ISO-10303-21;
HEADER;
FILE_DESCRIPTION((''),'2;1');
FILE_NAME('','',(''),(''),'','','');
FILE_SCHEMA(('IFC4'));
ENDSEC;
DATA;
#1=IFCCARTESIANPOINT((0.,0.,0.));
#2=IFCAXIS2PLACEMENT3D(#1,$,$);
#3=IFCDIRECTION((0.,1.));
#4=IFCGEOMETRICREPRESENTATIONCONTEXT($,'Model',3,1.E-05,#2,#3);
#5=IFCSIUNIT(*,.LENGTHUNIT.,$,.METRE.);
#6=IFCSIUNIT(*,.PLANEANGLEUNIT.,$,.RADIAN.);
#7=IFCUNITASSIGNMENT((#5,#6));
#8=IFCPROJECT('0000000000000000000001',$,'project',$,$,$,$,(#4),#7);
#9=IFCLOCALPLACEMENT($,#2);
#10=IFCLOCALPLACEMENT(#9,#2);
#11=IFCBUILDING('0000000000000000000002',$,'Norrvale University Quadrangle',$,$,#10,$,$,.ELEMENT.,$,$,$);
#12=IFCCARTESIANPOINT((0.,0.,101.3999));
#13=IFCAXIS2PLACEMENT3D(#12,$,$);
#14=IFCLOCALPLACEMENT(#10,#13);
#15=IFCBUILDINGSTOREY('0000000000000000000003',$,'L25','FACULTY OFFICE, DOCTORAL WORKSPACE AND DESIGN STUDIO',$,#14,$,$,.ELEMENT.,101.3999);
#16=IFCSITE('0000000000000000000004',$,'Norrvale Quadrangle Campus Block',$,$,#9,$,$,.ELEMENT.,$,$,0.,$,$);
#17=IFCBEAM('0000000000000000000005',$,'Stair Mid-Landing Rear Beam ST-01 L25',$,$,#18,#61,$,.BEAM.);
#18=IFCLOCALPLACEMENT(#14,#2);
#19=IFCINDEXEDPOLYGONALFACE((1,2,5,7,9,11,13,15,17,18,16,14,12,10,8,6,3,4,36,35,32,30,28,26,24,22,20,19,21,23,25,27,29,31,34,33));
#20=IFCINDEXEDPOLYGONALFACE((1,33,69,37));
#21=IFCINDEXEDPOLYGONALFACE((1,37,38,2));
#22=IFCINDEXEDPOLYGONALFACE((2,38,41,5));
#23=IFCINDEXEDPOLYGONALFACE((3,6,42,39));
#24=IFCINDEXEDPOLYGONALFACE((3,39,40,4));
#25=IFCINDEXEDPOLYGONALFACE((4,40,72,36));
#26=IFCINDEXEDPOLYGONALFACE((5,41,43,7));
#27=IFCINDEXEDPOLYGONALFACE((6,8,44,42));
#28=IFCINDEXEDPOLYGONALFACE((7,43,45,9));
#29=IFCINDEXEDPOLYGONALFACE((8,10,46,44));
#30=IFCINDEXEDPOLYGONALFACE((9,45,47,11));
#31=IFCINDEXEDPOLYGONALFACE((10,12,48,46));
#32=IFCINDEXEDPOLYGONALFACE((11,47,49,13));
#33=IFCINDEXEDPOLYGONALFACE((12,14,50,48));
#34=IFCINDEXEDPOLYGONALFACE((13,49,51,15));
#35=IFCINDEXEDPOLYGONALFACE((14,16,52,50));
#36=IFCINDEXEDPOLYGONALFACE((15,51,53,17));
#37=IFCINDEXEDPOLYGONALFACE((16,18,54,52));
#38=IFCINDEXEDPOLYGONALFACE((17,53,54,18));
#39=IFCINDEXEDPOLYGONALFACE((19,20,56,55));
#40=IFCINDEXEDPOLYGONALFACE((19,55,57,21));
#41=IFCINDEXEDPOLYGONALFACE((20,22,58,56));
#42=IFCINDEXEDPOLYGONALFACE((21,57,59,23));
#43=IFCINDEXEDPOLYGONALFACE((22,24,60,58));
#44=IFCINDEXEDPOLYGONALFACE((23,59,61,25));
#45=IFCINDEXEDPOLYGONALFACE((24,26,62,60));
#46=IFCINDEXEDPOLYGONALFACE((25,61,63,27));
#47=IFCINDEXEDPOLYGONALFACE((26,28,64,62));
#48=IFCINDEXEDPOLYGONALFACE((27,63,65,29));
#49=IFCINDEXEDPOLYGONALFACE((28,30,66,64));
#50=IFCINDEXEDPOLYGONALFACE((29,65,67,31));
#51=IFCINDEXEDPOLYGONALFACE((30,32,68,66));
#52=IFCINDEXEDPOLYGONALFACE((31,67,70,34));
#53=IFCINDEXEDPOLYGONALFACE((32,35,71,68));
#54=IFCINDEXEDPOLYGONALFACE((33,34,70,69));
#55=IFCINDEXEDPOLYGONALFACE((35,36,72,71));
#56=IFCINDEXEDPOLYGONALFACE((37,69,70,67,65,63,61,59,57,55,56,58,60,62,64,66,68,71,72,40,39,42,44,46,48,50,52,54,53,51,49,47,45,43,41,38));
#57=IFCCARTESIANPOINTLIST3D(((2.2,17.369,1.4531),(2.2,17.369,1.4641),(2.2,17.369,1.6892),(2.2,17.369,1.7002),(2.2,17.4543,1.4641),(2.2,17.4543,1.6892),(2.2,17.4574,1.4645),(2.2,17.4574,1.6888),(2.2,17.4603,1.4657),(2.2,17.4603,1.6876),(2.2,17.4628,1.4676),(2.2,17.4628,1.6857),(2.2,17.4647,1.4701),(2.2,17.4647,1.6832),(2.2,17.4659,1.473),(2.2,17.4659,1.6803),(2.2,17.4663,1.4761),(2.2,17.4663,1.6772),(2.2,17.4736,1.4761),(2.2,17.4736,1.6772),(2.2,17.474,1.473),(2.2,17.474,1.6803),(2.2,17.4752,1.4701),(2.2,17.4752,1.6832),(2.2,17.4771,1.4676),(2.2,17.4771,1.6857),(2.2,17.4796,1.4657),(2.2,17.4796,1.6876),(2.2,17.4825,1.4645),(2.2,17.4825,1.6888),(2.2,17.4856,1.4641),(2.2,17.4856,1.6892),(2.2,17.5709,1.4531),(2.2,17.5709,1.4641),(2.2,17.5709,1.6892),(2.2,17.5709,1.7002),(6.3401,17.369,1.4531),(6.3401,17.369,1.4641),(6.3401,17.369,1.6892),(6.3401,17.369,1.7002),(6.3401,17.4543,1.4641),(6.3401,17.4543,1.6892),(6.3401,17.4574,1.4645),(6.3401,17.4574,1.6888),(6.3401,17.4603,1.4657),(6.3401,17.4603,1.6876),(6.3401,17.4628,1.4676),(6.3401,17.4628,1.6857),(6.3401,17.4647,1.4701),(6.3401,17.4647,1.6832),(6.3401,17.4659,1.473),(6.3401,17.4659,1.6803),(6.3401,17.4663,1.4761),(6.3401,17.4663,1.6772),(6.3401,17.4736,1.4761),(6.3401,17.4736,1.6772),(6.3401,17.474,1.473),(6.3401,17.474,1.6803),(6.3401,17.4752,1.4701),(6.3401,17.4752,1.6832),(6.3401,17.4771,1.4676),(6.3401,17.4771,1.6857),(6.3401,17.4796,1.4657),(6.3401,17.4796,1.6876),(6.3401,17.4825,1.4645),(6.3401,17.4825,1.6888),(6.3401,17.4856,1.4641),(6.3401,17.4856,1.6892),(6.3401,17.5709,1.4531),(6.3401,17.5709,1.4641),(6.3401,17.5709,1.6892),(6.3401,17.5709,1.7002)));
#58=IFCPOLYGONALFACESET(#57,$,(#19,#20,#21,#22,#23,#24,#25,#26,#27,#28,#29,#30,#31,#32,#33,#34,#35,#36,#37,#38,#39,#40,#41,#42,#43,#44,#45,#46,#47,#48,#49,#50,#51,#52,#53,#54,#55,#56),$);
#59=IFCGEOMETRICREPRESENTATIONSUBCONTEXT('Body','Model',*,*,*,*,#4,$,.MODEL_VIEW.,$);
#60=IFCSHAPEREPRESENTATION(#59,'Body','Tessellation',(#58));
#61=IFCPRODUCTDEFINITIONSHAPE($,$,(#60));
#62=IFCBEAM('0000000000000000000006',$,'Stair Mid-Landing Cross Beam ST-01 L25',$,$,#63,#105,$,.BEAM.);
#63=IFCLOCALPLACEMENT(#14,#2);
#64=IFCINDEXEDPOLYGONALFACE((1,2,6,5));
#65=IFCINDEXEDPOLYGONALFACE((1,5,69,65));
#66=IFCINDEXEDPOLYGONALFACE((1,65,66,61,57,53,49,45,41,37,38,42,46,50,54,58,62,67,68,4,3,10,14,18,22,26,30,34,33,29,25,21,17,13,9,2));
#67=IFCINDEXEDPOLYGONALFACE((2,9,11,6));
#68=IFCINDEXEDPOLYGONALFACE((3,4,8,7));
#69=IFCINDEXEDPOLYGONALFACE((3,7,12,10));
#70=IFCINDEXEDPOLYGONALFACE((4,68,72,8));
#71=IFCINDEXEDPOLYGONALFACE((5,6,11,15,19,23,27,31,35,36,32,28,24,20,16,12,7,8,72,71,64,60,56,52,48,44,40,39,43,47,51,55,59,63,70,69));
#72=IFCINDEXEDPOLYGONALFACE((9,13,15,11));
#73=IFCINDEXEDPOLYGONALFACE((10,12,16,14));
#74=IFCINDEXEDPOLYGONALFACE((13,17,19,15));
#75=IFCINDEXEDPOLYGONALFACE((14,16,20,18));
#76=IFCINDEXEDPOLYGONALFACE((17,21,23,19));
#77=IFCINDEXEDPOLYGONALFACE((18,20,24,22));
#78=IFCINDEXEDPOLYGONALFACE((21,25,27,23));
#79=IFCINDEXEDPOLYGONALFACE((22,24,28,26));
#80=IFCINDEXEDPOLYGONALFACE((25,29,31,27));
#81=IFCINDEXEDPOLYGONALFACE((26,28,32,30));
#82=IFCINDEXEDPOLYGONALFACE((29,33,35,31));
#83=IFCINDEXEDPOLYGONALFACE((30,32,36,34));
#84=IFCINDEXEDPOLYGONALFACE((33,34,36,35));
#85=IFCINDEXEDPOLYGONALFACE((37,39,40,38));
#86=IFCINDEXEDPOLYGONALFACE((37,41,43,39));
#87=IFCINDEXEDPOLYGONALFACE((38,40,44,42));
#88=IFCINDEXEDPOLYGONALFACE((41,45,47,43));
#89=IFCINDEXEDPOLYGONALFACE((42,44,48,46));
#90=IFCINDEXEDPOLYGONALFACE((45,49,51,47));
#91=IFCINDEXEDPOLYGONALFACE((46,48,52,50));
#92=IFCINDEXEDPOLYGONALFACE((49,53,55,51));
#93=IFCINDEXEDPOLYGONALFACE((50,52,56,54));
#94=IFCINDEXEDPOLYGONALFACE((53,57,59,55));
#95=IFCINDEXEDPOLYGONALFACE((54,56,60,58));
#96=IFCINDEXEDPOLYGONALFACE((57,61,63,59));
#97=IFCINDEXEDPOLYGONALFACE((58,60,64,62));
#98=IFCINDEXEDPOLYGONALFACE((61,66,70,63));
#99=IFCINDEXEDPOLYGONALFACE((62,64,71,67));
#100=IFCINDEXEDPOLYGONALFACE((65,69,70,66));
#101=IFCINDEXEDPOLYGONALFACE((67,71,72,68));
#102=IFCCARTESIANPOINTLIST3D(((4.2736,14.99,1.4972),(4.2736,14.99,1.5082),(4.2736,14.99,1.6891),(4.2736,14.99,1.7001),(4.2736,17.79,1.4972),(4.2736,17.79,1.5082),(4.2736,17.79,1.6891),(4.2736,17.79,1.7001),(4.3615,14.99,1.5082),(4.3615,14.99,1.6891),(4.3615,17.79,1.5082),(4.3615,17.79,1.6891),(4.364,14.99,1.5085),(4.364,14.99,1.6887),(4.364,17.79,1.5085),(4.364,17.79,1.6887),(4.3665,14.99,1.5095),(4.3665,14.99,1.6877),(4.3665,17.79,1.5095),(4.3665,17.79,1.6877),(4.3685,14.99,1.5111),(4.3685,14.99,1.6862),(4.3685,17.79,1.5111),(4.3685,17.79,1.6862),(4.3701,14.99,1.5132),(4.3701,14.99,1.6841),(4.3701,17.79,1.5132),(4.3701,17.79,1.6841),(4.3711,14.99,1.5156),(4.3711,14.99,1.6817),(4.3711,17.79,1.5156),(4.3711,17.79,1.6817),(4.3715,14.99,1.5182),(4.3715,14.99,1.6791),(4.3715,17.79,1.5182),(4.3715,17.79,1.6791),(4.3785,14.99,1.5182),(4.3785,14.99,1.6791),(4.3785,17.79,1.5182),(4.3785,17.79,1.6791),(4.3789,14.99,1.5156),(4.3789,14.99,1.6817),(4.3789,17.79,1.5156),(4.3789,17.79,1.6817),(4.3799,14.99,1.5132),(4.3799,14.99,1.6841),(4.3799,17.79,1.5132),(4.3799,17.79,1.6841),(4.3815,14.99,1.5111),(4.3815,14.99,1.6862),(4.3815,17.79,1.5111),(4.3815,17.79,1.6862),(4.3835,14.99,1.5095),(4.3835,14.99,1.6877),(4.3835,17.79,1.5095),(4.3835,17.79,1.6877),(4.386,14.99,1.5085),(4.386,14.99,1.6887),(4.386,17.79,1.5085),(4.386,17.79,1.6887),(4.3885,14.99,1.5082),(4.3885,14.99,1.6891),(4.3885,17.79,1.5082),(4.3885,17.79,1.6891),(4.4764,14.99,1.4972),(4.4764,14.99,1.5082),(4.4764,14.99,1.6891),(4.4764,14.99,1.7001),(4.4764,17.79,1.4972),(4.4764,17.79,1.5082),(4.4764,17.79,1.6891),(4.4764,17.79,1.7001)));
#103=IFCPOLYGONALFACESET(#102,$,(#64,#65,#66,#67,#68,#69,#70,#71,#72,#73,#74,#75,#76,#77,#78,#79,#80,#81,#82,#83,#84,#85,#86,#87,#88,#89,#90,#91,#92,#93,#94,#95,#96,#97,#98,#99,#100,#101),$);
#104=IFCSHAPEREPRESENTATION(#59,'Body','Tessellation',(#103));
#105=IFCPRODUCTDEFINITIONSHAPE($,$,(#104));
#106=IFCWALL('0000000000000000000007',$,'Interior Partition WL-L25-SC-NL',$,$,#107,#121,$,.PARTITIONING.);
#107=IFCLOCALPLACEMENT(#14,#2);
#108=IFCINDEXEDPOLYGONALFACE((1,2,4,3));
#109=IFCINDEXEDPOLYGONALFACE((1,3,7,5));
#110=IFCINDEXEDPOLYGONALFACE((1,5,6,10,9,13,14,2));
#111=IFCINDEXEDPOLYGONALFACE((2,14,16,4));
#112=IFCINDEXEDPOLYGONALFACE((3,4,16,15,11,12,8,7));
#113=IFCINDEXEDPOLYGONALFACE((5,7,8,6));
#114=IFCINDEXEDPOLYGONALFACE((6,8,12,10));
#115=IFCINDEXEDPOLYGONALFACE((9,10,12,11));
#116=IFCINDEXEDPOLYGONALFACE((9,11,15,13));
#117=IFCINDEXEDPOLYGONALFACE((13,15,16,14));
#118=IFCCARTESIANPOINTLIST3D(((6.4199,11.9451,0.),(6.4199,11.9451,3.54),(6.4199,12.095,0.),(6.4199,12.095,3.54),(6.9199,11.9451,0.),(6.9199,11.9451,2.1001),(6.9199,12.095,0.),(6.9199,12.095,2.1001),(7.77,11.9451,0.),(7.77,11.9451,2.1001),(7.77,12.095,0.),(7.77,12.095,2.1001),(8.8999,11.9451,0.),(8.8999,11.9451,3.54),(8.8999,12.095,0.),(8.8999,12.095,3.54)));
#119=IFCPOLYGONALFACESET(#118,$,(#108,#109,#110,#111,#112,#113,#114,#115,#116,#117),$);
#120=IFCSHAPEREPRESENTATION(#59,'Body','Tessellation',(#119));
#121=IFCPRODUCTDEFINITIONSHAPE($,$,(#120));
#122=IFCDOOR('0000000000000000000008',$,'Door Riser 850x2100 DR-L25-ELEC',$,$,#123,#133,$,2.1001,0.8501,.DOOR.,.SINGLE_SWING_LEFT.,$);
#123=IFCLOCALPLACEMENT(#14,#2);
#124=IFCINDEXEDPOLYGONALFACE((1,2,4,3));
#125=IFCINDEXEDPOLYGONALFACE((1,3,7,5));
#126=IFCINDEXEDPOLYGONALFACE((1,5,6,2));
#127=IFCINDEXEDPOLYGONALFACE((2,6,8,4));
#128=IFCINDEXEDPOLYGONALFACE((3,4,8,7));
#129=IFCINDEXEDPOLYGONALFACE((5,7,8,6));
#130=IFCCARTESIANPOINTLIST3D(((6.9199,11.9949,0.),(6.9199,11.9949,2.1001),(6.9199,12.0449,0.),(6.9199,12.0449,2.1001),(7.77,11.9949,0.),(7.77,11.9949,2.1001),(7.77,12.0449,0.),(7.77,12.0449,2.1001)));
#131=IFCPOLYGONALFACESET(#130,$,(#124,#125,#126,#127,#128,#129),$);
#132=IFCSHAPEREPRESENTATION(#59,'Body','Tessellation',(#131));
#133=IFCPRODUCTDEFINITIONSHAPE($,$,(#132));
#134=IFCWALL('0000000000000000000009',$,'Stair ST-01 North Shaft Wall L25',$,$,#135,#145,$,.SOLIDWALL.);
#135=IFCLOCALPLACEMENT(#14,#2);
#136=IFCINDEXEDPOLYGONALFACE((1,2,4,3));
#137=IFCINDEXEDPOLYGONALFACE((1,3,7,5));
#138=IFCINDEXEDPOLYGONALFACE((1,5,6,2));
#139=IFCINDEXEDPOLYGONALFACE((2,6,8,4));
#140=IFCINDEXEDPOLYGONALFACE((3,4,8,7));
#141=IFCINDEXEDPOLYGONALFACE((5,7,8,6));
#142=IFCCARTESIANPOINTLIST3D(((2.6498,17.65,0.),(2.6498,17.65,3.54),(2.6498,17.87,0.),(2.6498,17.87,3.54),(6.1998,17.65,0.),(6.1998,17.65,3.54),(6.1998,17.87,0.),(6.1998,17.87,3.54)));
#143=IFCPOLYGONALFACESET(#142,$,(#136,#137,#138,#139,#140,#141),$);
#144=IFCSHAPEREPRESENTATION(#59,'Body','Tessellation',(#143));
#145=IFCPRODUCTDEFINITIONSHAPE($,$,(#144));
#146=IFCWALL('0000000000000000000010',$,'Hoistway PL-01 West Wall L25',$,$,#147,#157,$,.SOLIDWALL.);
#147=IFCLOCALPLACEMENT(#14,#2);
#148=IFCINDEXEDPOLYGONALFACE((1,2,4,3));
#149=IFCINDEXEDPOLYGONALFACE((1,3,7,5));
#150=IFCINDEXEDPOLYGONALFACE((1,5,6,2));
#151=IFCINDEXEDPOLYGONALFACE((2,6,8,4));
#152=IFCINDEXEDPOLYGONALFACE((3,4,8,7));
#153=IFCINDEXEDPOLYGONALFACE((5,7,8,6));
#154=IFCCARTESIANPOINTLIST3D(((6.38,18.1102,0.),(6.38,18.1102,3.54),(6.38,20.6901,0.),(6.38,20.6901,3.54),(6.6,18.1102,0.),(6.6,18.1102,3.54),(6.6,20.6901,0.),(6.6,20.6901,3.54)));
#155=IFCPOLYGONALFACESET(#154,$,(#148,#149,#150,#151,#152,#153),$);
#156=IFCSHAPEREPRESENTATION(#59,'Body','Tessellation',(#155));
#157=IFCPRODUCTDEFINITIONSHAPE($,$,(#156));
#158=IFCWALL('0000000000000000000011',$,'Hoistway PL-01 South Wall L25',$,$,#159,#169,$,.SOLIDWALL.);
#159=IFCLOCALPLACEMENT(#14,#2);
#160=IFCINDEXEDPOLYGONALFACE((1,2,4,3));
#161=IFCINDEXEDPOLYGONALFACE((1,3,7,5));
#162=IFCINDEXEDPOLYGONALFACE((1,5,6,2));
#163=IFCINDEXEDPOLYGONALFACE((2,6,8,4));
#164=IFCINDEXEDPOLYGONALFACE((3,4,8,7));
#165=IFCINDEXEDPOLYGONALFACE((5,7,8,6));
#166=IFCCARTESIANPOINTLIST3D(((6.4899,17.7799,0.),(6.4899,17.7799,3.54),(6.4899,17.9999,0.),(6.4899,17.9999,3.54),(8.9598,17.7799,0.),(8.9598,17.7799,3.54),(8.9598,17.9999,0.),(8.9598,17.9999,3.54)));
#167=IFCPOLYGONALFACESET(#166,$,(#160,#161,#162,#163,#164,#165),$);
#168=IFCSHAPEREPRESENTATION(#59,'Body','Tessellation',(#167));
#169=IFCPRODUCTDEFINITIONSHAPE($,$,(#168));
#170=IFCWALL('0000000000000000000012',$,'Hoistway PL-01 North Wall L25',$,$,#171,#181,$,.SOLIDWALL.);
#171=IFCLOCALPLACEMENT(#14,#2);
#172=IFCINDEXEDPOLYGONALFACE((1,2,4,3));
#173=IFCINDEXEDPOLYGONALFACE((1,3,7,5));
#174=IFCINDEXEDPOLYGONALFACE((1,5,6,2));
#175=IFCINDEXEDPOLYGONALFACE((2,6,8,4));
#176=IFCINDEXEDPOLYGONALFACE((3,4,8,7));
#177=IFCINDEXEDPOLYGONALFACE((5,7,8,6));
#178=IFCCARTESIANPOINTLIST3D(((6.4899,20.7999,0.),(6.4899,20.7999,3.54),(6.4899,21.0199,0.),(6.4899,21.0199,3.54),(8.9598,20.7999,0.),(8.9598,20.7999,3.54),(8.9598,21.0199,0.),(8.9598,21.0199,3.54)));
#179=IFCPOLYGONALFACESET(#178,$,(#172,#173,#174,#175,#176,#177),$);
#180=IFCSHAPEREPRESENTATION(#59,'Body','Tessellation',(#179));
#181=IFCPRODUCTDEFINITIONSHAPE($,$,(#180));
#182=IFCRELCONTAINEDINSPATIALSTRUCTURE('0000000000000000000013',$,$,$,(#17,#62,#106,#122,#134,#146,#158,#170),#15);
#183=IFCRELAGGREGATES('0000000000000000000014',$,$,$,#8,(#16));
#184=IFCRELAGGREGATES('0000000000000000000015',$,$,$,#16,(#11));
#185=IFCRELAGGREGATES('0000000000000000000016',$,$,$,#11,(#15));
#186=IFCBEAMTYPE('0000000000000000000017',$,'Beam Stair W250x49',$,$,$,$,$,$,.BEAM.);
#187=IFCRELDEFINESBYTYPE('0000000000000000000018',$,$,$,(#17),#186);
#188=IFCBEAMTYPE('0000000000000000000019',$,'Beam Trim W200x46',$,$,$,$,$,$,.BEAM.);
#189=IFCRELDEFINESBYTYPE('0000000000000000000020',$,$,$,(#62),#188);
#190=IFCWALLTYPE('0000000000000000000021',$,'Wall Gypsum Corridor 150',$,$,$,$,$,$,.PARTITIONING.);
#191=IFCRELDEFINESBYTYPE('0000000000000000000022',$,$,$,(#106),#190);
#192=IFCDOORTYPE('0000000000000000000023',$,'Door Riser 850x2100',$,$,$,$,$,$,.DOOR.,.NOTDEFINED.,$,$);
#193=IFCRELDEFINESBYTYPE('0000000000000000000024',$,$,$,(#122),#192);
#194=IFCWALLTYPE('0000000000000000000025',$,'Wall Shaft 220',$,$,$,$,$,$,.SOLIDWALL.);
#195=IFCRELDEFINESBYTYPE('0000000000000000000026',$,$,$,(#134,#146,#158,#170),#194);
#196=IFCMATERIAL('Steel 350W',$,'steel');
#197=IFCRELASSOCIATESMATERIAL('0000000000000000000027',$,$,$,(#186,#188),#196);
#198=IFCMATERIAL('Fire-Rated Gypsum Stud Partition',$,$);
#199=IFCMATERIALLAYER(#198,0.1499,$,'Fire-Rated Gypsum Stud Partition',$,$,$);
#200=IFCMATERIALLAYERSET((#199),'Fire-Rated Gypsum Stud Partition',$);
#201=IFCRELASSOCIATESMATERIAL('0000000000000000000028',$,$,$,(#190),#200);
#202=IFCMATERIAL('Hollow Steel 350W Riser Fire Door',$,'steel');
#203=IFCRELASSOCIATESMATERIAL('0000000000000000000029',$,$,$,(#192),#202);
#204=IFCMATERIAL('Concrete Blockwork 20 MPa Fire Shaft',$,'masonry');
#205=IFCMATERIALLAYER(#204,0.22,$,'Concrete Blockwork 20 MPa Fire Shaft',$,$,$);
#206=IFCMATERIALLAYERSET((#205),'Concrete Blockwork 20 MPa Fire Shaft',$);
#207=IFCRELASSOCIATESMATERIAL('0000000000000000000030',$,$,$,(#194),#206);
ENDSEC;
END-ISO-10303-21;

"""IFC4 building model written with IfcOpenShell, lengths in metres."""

from ifc_helpers import new_model, si_unit, direction, frame, frame_2d, origin, origin_2d, place, context, subcontext, project, spatial, rectangle, i_section, extrude, material, layer, layer_set, material_profile, profile_set, type_object, element, fill, save


model = new_model("IFC4")

# Units and contexts
model_context = context("Model", 3, precision=1e-05, world=origin(), true_north=direction((0.0, 1.0)))
body_context = subcontext(model_context, "Body", "Model", "MODEL_VIEW")
ifc_project = project(units=[si_unit("LENGTHUNIT", "METRE"), si_unit("PLANEANGLEUNIT", "RADIAN")], contexts=[model_context])

# Site, building, storey
site_placement = place(None, origin())
site = spatial("IfcSite", under=ifc_project, at=site_placement, Name="Norrvale Quadrangle Campus Block", CompositionType="ELEMENT", RefElevation=0.0)
building_placement = place(site_placement, origin())
building = spatial("IfcBuilding", under=site, at=building_placement, Name="Norrvale University Quadrangle", CompositionType="ELEMENT")
storey_placement = place(building_placement, frame((0.0, 0.0, 101.3999)))
storey = spatial("IfcBuildingStorey", under=building, at=storey_placement, Name="L25", Description="FACULTY OFFICE, DOCTORAL WORKSPACE AND DESIGN STUDIO", CompositionType="ELEMENT", Elevation=101.3999)

# Beams
ifc_material_1 = material(Name="Steel 350W", Category="steel")
ifc_material_profile_1 = material_profile(ifc_material_1, i_section(OverallWidth=0.2019, OverallDepth=0.2471, WebThickness=0.0073, FlangeThickness=0.011, FilletRadius=0.012, at=origin_2d()), Name="Steel 350W")
ifc_profile_set_1 = profile_set([ifc_material_profile_1], Name="Steel 350W")
beam_type_1 = type_object("IfcBeamType", Name="Beam Stair W250x49", PredefinedType="BEAM", material=ifc_profile_set_1)
for number, where, z_axis, x_axis, name in (
    (1, (2.2, 17.47, 1.5767), (1.0, 0.0, 0.0), (0.0, 1.0, 0.0), "Stair Mid-Landing Rear Beam ST-01 L25"),
):
    element("IfcBeam", number, at=place(storey_placement, frame(where, z_axis=z_axis, x_axis=x_axis)), inside=storey, type_object=beam_type_1, Name=name, PredefinedType="BEAM", context=body_context, shape_type="SweptSolid", body=[
        extrude(i_section(OverallWidth=0.2019, OverallDepth=0.2471, WebThickness=0.0073, FlangeThickness=0.011, FilletRadius=0.012, at=origin_2d()), origin(), (0.0, 0.0, 1.0), 4.1401),
    ])
ifc_material_profile_2 = material_profile(ifc_material_1, i_section(OverallWidth=0.2029, OverallDepth=0.2029, WebThickness=0.0071, FlangeThickness=0.011, FilletRadius=0.01, at=origin_2d()), Name="Steel 350W")
ifc_profile_set_2 = profile_set([ifc_material_profile_2], Name="Steel 350W")
beam_type_2 = type_object("IfcBeamType", Name="Beam Trim W200x46", PredefinedType="BEAM", material=ifc_profile_set_2)
beam_1_placement = place(storey_placement, frame((4.375, 14.99, 1.5986), z_axis=(0.0, 1.0, 0.0), x_axis=(-1.0, 0.0, 0.0)))
element("IfcBeam", 2, at=beam_1_placement, inside=storey, type_object=beam_type_2, Name="Stair Mid-Landing Cross Beam ST-01 L25", PredefinedType="BEAM", context=body_context, shape_type="SweptSolid", body=[
    extrude(i_section(OverallWidth=0.2029, OverallDepth=0.2029, WebThickness=0.0071, FlangeThickness=0.011, FilletRadius=0.01, at=origin_2d()), origin(), (0.0, 0.0, 1.0), 2.8),
])

# Wall, opening, door
ifc_material_2 = material(Name="Fire-Rated Gypsum Stud Partition")
ifc_layer_1 = layer(ifc_material_2, 0.1499, Name="Fire-Rated Gypsum Stud Partition")
ifc_layer_set_1 = layer_set([ifc_layer_1], Name="Fire-Rated Gypsum Stud Partition")
wall_type_1 = type_object("IfcWallType", Name="Wall Gypsum Corridor 150", PredefinedType="PARTITIONING", material=ifc_layer_set_1)
wall_1_placement = place(storey_placement, frame((6.4199, 12.02, 0.0), z_axis=(0.0, 0.0, 1.0), x_axis=(1.0, 0.0, 0.0)))
wall_1 = element("IfcWall", 3, at=wall_1_placement, inside=storey, type_object=wall_type_1, Name="Interior Partition WL-L25-SC-NL", PredefinedType="PARTITIONING", context=body_context, shape_type="SweptSolid", body=[
    extrude(rectangle(XDim=2.48, YDim=0.1499, at=frame_2d((1.24, 0.0))), origin(), (0.0, 0.0, 1.0), 3.54),
])
opening_placement = place(wall_1_placement, frame((0.5, 0.0, 0.0)))
opening = element("IfcOpeningElement", 4, at=opening_placement, cuts=wall_1, PredefinedType="OPENING", context=body_context, shape_type="SweptSolid", body=[
    extrude(rectangle(XDim=0.8501, YDim=2.1001, at=frame_2d((0.425, 1.05))), frame((0.0, 0.0869, 0.0), z_axis=(0.0, -1.0, 0.0), x_axis=(1.0, 0.0, 0.0)), (0.0, 0.0, 1.0), 0.1738),
])
ifc_material_3 = material(Name="Hollow Steel 350W Riser Fire Door", Category="steel")
door_type = type_object("IfcDoorType", Name="Door Riser 850x2100", OperationType="NOTDEFINED", PredefinedType="DOOR", material=ifc_material_3)
door_placement = place(opening_placement, origin())
door = element("IfcDoor", 5, at=door_placement, inside=storey, type_object=door_type, Name="Door Riser 850x2100 DR-L25-ELEC", OperationType="SINGLE_SWING_LEFT", OverallHeight=2.1001, OverallWidth=0.8501, PredefinedType="DOOR", context=body_context, shape_type="SweptSolid", body=[
    extrude(rectangle(XDim=0.8501, YDim=2.1001, at=frame_2d((0.425, 1.05))), frame((0.0, 0.0249, 0.0), z_axis=(0.0, -1.0, 0.0), x_axis=(1.0, 0.0, 0.0)), (0.0, 0.0, 1.0), 0.05),
])
fill(opening, door)

# Walls
ifc_material_4 = material(Name="Concrete Blockwork 20 MPa Fire Shaft", Category="masonry")
ifc_layer_2 = layer(ifc_material_4, 0.22, Name="Concrete Blockwork 20 MPa Fire Shaft")
ifc_layer_set_2 = layer_set([ifc_layer_2], Name="Concrete Blockwork 20 MPa Fire Shaft")
wall_type_2 = type_object("IfcWallType", Name="Wall Shaft 220", PredefinedType="SOLIDWALL", material=ifc_layer_set_2)
wall_2_placement = place(storey_placement, frame((2.6499, 17.76, 0.0), z_axis=(0.0, 0.0, 1.0), x_axis=(1.0, 0.0, 0.0)))
element("IfcWall", 6, at=wall_2_placement, inside=storey, type_object=wall_type_2, Name="Stair ST-01 North Shaft Wall L25", PredefinedType="SOLIDWALL", context=body_context, shape_type="SweptSolid", body=[
    extrude(rectangle(XDim=3.55, YDim=0.22, at=frame_2d((1.7749, 0.0))), origin(), (0.0, 0.0, 1.0), 3.54),
])
wall_3_placement = place(storey_placement, frame((6.49, 18.1101, 0.0), z_axis=(0.0, 0.0, 1.0), x_axis=(0.0, 1.0, 0.0)))
element("IfcWall", 7, at=wall_3_placement, inside=storey, type_object=wall_type_2, Name="Hoistway PL-01 West Wall L25", PredefinedType="SOLIDWALL", context=body_context, shape_type="SweptSolid", body=[
    extrude(rectangle(XDim=2.5798, YDim=0.22, at=frame_2d((1.29, 0.0))), origin(), (0.0, 0.0, 1.0), 3.54),
])
for number, where, z_axis, x_axis, name in (
    (8, (6.49, 17.8899, 0.0), (0.0, 0.0, 1.0), (1.0, 0.0, 0.0), "Hoistway PL-01 South Wall L25"),
    (9, (6.49, 20.9099, 0.0), (0.0, 0.0, 1.0), (1.0, 0.0, 0.0), "Hoistway PL-01 North Wall L25"),
):
    element("IfcWall", number, at=place(storey_placement, frame(where, z_axis=z_axis, x_axis=x_axis)), inside=storey, type_object=wall_type_2, Name=name, PredefinedType="SOLIDWALL", context=body_context, shape_type="SweptSolid", body=[
        extrude(rectangle(XDim=2.47, YDim=0.22, at=frame_2d((1.2349, 0.0))), origin(), (0.0, 0.0, 1.0), 3.54),
    ])

save(model, "model.ifc")
